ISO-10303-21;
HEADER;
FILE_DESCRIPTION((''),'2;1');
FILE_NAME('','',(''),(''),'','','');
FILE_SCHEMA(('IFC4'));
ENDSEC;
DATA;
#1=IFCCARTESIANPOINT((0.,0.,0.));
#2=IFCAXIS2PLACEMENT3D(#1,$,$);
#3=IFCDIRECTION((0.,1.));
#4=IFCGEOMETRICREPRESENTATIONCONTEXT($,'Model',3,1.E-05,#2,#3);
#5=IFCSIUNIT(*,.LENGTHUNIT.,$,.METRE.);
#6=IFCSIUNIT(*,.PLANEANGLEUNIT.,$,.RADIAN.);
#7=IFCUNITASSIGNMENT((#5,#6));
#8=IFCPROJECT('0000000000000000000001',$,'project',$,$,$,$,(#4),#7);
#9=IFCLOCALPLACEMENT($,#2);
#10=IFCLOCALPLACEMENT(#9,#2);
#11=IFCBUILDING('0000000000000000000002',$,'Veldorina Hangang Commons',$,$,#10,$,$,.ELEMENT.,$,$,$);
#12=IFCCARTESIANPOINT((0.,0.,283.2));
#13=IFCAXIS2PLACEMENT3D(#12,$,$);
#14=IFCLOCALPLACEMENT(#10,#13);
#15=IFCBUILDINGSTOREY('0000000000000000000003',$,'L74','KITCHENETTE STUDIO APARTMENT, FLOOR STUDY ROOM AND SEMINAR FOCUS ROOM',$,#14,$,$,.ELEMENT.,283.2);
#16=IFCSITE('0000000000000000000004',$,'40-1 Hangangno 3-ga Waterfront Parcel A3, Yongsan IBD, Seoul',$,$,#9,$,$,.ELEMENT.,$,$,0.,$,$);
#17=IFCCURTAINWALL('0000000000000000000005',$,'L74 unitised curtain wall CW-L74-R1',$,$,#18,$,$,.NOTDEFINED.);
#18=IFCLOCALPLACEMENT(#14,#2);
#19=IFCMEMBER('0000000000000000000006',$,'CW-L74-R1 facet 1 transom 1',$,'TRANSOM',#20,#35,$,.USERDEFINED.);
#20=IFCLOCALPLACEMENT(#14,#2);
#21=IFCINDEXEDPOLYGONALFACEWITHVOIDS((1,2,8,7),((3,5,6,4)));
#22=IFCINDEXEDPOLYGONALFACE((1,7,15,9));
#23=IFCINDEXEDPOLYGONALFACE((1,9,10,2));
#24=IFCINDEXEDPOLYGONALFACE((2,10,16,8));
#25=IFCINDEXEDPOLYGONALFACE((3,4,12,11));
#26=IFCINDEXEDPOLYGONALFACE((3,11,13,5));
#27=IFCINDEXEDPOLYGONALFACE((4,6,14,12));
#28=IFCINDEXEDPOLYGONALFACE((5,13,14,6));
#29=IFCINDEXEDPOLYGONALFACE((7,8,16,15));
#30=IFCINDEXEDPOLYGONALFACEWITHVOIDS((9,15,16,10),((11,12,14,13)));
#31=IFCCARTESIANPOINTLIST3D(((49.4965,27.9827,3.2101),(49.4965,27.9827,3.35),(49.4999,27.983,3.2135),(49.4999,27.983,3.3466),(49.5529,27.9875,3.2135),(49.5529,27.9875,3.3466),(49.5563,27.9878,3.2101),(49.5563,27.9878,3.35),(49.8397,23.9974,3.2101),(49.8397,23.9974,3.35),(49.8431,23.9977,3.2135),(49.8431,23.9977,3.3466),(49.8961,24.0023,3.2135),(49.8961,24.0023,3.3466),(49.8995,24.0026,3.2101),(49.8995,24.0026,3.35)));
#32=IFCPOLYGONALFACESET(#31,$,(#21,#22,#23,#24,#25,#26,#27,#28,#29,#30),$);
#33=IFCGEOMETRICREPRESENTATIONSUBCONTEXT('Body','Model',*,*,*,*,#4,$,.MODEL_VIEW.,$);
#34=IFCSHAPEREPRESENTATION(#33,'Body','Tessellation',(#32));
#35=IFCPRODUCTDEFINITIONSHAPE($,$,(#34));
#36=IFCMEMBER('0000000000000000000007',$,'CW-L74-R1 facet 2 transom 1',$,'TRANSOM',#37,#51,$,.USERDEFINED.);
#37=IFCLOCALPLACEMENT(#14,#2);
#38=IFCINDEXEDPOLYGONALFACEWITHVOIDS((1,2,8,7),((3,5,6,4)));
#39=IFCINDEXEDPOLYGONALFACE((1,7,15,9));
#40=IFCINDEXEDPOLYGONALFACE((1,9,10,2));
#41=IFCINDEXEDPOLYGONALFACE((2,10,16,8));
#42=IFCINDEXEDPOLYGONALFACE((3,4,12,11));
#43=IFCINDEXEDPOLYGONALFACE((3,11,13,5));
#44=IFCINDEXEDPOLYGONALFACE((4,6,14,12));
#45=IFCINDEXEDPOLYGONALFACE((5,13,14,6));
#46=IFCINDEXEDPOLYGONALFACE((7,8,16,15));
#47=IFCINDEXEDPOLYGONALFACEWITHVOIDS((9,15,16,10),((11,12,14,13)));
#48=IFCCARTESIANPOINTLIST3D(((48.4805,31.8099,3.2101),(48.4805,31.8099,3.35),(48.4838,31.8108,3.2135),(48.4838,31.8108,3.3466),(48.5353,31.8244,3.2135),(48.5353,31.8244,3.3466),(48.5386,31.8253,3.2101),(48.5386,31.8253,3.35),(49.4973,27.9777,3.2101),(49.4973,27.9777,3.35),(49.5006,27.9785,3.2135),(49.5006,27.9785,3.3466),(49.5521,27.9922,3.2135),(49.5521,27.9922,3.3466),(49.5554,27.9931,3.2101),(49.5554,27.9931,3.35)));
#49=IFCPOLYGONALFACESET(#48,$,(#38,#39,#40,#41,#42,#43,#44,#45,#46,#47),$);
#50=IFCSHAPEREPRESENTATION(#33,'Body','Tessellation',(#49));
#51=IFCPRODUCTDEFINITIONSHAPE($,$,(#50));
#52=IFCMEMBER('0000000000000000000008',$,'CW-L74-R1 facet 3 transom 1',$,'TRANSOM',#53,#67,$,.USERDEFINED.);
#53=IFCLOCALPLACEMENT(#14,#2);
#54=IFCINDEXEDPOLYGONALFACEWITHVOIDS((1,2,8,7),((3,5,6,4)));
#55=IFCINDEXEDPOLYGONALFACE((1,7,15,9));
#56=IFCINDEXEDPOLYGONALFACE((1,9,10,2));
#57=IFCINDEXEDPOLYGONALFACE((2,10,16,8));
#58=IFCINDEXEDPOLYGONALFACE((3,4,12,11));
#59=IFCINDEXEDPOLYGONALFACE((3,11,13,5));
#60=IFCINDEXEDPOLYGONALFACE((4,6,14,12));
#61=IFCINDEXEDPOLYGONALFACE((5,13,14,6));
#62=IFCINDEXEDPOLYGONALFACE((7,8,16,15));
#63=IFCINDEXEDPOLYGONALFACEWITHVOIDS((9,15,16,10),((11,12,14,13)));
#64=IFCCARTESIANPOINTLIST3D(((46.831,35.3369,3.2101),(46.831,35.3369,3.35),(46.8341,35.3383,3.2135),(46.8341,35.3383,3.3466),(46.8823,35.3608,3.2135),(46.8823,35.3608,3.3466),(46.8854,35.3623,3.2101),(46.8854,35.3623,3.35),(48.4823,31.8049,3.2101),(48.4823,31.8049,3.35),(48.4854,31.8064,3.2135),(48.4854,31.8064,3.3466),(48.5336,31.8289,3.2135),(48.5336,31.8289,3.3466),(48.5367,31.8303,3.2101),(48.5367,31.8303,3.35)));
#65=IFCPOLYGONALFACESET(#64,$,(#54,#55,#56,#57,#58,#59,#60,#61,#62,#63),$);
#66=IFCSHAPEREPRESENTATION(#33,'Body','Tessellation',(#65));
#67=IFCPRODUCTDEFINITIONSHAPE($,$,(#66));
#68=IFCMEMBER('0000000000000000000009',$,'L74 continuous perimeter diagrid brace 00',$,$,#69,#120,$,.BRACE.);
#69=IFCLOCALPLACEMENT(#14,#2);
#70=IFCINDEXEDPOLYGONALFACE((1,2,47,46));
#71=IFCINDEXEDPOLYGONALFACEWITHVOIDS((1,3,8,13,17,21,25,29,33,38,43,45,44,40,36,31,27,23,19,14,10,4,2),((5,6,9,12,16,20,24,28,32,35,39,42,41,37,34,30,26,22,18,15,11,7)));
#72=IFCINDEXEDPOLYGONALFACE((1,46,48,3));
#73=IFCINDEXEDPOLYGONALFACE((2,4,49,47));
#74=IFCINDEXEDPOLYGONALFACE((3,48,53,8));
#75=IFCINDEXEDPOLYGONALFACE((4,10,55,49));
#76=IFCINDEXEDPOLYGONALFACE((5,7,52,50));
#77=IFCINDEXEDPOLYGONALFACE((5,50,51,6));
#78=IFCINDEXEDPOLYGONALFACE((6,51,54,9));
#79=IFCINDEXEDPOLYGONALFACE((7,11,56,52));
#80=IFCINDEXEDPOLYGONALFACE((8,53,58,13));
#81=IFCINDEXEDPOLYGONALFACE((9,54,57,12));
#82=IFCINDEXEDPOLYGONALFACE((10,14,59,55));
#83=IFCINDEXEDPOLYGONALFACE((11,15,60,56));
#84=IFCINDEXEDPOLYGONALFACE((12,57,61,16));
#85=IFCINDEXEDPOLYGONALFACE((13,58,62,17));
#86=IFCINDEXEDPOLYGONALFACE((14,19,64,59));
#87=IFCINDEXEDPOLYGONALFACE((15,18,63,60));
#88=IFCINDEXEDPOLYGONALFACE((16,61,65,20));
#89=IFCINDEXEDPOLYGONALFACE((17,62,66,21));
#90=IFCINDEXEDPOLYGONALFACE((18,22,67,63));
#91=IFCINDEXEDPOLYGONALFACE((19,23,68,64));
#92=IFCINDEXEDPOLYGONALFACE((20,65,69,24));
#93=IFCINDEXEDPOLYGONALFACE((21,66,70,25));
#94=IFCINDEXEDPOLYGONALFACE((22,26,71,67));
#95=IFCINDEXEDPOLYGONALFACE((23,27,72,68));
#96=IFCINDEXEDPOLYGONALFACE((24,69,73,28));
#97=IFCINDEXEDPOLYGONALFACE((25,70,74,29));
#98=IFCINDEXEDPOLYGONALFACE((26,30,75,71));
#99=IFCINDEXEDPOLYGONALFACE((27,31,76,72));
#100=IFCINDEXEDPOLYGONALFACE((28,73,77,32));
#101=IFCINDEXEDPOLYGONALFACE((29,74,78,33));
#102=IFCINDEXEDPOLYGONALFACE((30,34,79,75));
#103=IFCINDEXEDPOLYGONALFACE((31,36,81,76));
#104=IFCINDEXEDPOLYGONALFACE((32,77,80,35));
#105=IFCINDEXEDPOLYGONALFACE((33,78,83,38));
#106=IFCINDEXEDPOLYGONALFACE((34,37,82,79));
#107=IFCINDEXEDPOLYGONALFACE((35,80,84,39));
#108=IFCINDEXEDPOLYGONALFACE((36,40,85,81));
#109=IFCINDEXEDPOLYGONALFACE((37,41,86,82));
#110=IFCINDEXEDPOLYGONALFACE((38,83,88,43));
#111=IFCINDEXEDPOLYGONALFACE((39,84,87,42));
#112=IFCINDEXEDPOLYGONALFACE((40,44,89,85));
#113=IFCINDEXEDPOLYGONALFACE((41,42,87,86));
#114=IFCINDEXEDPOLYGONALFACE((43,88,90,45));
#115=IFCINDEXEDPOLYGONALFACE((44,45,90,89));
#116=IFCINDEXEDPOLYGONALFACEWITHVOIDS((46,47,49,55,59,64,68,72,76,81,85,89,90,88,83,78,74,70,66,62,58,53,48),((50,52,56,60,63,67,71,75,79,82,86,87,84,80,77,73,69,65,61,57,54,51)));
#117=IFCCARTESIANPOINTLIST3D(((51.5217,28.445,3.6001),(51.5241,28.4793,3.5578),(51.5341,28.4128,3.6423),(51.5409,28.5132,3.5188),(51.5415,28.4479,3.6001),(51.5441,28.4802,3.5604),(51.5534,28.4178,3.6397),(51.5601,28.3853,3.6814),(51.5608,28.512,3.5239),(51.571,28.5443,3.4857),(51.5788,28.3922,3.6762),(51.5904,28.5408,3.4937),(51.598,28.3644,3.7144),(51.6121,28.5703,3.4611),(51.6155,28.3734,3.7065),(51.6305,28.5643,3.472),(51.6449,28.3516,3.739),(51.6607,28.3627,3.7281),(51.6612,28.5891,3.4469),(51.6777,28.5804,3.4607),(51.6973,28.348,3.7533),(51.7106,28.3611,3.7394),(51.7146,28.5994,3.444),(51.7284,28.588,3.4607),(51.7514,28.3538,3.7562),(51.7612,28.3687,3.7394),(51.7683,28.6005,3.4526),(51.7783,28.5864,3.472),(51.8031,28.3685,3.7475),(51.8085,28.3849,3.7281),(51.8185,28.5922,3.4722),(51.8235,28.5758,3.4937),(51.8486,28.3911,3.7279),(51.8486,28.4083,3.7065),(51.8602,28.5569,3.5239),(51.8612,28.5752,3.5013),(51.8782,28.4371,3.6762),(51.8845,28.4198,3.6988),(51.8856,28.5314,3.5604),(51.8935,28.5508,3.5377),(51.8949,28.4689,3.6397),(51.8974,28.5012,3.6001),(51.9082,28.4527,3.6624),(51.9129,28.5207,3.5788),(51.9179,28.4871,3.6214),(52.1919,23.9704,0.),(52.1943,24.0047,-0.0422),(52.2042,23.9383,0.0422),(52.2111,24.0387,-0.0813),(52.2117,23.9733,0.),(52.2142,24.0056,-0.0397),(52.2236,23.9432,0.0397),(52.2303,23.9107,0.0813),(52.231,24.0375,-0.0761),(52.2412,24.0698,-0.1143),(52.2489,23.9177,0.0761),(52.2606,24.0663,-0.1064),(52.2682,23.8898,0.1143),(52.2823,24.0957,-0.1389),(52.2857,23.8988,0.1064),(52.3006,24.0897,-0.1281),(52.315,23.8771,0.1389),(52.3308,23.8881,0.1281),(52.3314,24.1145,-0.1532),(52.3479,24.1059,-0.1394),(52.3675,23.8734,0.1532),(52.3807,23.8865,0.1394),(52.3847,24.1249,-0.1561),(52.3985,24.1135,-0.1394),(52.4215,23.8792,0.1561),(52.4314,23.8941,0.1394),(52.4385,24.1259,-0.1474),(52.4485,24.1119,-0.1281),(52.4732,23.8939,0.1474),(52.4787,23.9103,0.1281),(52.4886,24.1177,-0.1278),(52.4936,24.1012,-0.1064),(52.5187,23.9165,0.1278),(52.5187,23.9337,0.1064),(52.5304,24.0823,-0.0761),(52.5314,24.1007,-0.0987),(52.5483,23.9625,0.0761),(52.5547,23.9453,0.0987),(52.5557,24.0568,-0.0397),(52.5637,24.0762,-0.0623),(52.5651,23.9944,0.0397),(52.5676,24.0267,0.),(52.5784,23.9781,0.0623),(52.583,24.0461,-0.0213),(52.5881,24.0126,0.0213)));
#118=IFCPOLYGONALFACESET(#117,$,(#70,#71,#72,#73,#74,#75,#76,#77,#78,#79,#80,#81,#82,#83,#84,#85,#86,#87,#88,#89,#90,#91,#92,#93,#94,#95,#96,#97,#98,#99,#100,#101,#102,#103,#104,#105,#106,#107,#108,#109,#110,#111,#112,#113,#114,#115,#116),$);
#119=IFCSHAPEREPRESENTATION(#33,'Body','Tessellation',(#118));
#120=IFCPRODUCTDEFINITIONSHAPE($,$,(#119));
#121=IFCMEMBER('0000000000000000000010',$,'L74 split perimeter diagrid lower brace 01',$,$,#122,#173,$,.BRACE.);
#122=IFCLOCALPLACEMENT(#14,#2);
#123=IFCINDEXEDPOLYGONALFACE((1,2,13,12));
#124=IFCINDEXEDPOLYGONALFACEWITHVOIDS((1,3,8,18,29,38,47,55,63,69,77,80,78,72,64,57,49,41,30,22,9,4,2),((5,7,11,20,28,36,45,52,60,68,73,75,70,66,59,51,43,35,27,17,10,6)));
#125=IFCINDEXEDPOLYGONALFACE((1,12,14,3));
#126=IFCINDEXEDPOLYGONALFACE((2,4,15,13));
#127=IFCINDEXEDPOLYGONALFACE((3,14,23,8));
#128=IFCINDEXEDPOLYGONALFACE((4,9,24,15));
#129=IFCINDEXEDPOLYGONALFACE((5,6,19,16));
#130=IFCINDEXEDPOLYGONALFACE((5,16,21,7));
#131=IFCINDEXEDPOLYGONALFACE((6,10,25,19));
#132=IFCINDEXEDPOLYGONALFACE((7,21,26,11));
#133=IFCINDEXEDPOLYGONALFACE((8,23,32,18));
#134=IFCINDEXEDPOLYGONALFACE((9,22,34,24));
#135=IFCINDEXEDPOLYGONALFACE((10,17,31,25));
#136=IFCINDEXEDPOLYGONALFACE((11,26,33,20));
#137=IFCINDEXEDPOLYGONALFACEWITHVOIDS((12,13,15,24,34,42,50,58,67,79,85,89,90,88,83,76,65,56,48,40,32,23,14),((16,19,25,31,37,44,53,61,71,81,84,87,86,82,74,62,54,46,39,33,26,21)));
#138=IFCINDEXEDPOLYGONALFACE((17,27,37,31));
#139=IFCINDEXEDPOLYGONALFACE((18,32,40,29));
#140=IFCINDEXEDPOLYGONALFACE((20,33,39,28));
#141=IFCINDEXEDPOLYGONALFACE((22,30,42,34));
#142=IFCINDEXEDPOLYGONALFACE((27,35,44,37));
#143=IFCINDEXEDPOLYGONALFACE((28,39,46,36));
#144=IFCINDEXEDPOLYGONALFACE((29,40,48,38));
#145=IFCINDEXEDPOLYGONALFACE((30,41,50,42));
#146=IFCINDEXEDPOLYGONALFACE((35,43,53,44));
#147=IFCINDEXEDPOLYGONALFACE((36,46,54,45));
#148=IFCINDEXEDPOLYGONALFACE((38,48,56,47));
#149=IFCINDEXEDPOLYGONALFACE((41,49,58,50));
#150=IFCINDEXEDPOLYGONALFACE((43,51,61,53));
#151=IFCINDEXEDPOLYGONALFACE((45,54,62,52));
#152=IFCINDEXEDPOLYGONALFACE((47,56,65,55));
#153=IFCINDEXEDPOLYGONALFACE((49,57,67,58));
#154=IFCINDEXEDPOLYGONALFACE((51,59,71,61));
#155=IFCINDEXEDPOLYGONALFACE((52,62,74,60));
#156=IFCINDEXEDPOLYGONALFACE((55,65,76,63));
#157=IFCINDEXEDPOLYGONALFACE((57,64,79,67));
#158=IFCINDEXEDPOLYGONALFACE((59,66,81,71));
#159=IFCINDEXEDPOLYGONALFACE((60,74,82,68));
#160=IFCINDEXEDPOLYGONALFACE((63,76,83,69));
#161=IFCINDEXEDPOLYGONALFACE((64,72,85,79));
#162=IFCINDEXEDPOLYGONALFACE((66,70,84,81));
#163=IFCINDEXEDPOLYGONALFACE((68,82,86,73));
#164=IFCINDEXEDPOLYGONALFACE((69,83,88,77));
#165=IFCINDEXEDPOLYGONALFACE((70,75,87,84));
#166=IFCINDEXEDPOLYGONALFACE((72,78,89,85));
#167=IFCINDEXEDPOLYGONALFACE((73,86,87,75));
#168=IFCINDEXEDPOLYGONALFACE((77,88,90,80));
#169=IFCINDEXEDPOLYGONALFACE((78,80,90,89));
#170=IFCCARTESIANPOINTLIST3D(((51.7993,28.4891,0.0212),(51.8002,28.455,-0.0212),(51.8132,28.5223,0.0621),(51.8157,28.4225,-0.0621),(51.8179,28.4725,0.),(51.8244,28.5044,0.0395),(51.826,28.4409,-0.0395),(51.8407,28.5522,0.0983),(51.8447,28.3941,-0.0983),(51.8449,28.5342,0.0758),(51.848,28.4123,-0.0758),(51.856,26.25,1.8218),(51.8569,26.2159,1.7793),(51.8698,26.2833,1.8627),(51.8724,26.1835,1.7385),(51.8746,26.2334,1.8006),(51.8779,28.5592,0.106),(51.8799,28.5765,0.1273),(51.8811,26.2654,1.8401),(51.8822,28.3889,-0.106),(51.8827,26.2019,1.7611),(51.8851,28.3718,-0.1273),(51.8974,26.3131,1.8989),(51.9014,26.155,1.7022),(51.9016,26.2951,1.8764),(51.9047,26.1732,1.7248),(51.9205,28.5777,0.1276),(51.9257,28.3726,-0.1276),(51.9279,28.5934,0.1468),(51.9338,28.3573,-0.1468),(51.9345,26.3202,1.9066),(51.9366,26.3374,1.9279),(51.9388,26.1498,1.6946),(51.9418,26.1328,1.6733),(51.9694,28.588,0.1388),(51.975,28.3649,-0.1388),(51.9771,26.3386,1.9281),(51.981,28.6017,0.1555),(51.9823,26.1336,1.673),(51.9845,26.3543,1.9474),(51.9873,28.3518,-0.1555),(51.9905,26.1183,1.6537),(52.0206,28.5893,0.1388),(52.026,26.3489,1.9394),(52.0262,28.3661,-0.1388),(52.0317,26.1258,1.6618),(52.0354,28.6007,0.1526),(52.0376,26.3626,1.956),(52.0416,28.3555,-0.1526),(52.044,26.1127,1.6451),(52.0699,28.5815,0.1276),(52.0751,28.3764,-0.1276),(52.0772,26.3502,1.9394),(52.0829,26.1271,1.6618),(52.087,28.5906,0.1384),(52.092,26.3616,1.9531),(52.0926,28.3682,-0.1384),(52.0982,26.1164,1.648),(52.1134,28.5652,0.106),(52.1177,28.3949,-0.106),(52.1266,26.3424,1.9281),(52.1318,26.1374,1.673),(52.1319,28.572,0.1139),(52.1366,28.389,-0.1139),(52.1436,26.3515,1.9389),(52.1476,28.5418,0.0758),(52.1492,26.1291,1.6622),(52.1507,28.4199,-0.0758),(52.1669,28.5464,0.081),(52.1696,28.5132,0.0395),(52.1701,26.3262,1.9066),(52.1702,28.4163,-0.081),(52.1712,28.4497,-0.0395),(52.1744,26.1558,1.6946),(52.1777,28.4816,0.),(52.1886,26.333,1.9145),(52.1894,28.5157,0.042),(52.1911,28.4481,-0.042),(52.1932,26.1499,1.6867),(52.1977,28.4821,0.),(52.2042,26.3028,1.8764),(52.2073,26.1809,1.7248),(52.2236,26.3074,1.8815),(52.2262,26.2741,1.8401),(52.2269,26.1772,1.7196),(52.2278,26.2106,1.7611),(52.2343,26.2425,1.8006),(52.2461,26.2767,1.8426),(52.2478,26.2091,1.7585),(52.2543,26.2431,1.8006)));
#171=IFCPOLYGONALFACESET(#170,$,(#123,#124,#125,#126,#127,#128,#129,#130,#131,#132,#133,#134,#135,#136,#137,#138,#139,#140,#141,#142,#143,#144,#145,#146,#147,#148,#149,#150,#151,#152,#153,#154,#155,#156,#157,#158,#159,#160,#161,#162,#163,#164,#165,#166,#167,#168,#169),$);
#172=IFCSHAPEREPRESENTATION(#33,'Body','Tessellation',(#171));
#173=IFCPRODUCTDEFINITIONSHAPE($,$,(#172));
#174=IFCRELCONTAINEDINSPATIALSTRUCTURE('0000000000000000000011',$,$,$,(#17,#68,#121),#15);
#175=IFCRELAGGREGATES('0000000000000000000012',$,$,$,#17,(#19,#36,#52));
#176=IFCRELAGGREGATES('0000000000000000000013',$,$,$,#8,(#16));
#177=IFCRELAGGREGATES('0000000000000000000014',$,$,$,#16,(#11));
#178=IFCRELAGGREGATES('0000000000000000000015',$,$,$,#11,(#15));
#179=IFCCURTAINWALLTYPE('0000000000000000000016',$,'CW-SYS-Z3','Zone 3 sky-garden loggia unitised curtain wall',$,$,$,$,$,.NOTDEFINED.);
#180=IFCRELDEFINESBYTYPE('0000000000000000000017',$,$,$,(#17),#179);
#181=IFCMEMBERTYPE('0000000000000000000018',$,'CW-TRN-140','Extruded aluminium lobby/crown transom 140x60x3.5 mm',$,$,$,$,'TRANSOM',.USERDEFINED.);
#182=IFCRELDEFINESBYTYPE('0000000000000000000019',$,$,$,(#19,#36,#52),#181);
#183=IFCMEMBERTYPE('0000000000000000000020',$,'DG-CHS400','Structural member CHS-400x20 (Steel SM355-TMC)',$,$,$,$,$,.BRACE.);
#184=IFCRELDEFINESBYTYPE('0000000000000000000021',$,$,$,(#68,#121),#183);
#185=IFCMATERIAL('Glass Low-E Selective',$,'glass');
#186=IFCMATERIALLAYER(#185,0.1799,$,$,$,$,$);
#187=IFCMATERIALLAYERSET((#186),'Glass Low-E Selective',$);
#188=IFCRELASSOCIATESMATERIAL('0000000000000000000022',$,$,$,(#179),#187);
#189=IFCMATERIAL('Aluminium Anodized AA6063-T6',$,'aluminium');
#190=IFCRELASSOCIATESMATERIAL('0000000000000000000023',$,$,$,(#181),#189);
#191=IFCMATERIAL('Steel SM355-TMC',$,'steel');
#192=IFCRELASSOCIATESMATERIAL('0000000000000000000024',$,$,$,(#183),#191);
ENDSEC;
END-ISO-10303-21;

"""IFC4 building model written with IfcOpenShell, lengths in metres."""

from ifc_helpers import new_model, si_unit, direction, frame, origin, origin_2d, place, context, subcontext, project, spatial, hollow_rectangle, hollow_circle, extrude, material, layer, layer_set, material_profile, profile_set, type_object, element, aggregate, save


model = new_model("IFC4")

# Units and contexts
model_context = context("Model", 3, precision=1e-05, world=origin(), true_north=direction((0.0, 1.0)))
body_context = subcontext(model_context, "Body", "Model", "MODEL_VIEW")
ifc_project = project(units=[si_unit("LENGTHUNIT", "METRE"), si_unit("PLANEANGLEUNIT", "RADIAN")], contexts=[model_context])

# Site, building, storey
site_placement = place(None, origin())
site = spatial("IfcSite", under=ifc_project, at=site_placement, Name="40-1 Hangangno 3-ga Waterfront Parcel A3, Yongsan IBD, Seoul", CompositionType="ELEMENT", RefElevation=0.0)
building_placement = place(site_placement, origin())
building = spatial("IfcBuilding", under=site, at=building_placement, Name="Veldorina Hangang Commons", CompositionType="ELEMENT")
storey_placement = place(building_placement, frame((0.0, 0.0, 283.2)))
storey = spatial("IfcBuildingStorey", under=building, at=storey_placement, Name="L74", Description="KITCHENETTE STUDIO APARTMENT, FLOOR STUDY ROOM AND SEMINAR FOCUS ROOM", CompositionType="ELEMENT", Elevation=283.2)

# Shared definitions
ifc_material_1 = material(Name="Steel SM355-TMC", Category="steel")

# Curtain wall, members
ifc_material_2 = material(Name="Glass Low-E Selective", Category="glass")
ifc_layer_1 = layer(ifc_material_2, 0.1799)
ifc_layer_set_1 = layer_set([ifc_layer_1], Name="Glass Low-E Selective")
curtain_wall_type = type_object("IfcCurtainWallType", Name="CW-SYS-Z3", Description="Zone 3 sky-garden loggia unitised curtain wall", PredefinedType="NOTDEFINED", material=ifc_layer_set_1)
curtain_wall_placement = place(storey_placement, origin())
curtain_wall = element("IfcCurtainWall", 1, at=curtain_wall_placement, inside=storey, type_object=curtain_wall_type, Name="L74 unitised curtain wall CW-L74-R1", PredefinedType="NOTDEFINED")
ifc_material_3 = material(Name="Aluminium Anodized AA6063-T6", Category="aluminium")
ifc_material_profile_1 = material_profile(ifc_material_3, hollow_rectangle(XDim=0.0601, YDim=0.1399, WallThickness=0.0034, at=origin_2d()), Name="ALU-RHS-140x60x3.5")
ifc_profile_set_1 = profile_set([ifc_material_profile_1], Name="Aluminium Anodized AA6063-T6")
member_type_1 = type_object("IfcMemberType", Name="CW-TRN-140", Description="Extruded aluminium lobby/crown transom 140x60x3.5 mm", ElementType="TRANSOM", PredefinedType="USERDEFINED", material=ifc_profile_set_1)
member_1_placement = place(storey_placement, frame((49.8696, 24.0, 3.28), z_axis=(-0.085813, 0.996311, 0.0), x_axis=(-0.996311, -0.085813, 0.0)))
member_1 = element("IfcMember", 2, at=member_1_placement, type_object=member_type_1, Name="CW-L74-R1 facet 1 transom 1", ObjectType="TRANSOM", PredefinedType="USERDEFINED", context=body_context, shape_type="SweptSolid", body=[
    extrude(hollow_rectangle(XDim=0.0601, YDim=0.1399, WallThickness=0.0034, at=origin_2d()), origin(), (0.0, 0.0, 1.0), 4.0),
])
member_2_placement = place(storey_placement, frame((49.5264, 27.9854, 3.28), z_axis=(-0.256463, 0.966554, 0.0), x_axis=(-0.966554, -0.256463, 0.0)))
member_2 = element("IfcMember", 3, at=member_2_placement, type_object=member_type_1, Name="CW-L74-R1 facet 2 transom 1", ObjectType="TRANSOM", PredefinedType="USERDEFINED", context=body_context, shape_type="SweptSolid", body=[
    extrude(hollow_rectangle(XDim=0.0601, YDim=0.1399, WallThickness=0.0034, at=origin_2d()), origin(), (0.0, 0.0, 1.0), 3.9648),
])
member_3_placement = place(storey_placement, frame((48.5095, 31.8176, 3.28), z_axis=(-0.42354, 0.905877, 0.0), x_axis=(-0.905877, -0.42354, 0.0)))
member_3 = element("IfcMember", 4, at=member_3_placement, type_object=member_type_1, Name="CW-L74-R1 facet 3 transom 1", ObjectType="TRANSOM", PredefinedType="USERDEFINED", context=body_context, shape_type="SweptSolid", body=[
    extrude(hollow_rectangle(XDim=0.0601, YDim=0.1399, WallThickness=0.0034, at=origin_2d()), origin(), (0.0, 0.0, 1.0), 3.8989),
])

# Members
ifc_material_profile_2 = material_profile(ifc_material_1, hollow_circle(Radius=0.2, WallThickness=0.02, at=origin_2d()), Name="CHS-400x20")
ifc_profile_set_2 = profile_set([ifc_material_profile_2], Name="Steel SM355-TMC")
member_type_2 = type_object("IfcMemberType", Name="DG-CHS400", Description="Structural member CHS-400x20 (Steel SM355-TMC)", PredefinedType="BRACE", material=ifc_profile_set_2)
member_4_placement = place(storey_placement, frame((52.3896, 24.0, 0.0), z_axis=(-0.115905, 0.773881, 0.622635), x_axis=(-0.98897, -0.148119, 0.0)))
element("IfcMember", 5, at=member_4_placement, inside=storey, type_object=member_type_2, Name="L74 continuous perimeter diagrid brace 00", PredefinedType="BRACE", context=body_context, shape_type="SweptSolid", body=[
    extrude(hollow_circle(Radius=0.2, WallThickness=0.02, at=origin_2d()), origin(), (0.0, 0.0, 1.0), 5.782),
])
member_5_placement = place(storey_placement, frame((51.9978, 28.4771, 0.0), z_axis=(0.01971, -0.779132, 0.626551), x_axis=(0.99968, 0.025289, 0.0)))
element("IfcMember", 6, at=member_5_placement, inside=storey, type_object=member_type_2, Name="L74 split perimeter diagrid lower brace 01", PredefinedType="BRACE", context=body_context, shape_type="SweptSolid", body=[
    extrude(hollow_circle(Radius=0.2, WallThickness=0.02, at=origin_2d()), origin(), (0.0, 0.0, 1.0), 2.8738),
])

aggregate(curtain_wall, [member_1, member_2, member_3])

save(model, "model.ifc")
